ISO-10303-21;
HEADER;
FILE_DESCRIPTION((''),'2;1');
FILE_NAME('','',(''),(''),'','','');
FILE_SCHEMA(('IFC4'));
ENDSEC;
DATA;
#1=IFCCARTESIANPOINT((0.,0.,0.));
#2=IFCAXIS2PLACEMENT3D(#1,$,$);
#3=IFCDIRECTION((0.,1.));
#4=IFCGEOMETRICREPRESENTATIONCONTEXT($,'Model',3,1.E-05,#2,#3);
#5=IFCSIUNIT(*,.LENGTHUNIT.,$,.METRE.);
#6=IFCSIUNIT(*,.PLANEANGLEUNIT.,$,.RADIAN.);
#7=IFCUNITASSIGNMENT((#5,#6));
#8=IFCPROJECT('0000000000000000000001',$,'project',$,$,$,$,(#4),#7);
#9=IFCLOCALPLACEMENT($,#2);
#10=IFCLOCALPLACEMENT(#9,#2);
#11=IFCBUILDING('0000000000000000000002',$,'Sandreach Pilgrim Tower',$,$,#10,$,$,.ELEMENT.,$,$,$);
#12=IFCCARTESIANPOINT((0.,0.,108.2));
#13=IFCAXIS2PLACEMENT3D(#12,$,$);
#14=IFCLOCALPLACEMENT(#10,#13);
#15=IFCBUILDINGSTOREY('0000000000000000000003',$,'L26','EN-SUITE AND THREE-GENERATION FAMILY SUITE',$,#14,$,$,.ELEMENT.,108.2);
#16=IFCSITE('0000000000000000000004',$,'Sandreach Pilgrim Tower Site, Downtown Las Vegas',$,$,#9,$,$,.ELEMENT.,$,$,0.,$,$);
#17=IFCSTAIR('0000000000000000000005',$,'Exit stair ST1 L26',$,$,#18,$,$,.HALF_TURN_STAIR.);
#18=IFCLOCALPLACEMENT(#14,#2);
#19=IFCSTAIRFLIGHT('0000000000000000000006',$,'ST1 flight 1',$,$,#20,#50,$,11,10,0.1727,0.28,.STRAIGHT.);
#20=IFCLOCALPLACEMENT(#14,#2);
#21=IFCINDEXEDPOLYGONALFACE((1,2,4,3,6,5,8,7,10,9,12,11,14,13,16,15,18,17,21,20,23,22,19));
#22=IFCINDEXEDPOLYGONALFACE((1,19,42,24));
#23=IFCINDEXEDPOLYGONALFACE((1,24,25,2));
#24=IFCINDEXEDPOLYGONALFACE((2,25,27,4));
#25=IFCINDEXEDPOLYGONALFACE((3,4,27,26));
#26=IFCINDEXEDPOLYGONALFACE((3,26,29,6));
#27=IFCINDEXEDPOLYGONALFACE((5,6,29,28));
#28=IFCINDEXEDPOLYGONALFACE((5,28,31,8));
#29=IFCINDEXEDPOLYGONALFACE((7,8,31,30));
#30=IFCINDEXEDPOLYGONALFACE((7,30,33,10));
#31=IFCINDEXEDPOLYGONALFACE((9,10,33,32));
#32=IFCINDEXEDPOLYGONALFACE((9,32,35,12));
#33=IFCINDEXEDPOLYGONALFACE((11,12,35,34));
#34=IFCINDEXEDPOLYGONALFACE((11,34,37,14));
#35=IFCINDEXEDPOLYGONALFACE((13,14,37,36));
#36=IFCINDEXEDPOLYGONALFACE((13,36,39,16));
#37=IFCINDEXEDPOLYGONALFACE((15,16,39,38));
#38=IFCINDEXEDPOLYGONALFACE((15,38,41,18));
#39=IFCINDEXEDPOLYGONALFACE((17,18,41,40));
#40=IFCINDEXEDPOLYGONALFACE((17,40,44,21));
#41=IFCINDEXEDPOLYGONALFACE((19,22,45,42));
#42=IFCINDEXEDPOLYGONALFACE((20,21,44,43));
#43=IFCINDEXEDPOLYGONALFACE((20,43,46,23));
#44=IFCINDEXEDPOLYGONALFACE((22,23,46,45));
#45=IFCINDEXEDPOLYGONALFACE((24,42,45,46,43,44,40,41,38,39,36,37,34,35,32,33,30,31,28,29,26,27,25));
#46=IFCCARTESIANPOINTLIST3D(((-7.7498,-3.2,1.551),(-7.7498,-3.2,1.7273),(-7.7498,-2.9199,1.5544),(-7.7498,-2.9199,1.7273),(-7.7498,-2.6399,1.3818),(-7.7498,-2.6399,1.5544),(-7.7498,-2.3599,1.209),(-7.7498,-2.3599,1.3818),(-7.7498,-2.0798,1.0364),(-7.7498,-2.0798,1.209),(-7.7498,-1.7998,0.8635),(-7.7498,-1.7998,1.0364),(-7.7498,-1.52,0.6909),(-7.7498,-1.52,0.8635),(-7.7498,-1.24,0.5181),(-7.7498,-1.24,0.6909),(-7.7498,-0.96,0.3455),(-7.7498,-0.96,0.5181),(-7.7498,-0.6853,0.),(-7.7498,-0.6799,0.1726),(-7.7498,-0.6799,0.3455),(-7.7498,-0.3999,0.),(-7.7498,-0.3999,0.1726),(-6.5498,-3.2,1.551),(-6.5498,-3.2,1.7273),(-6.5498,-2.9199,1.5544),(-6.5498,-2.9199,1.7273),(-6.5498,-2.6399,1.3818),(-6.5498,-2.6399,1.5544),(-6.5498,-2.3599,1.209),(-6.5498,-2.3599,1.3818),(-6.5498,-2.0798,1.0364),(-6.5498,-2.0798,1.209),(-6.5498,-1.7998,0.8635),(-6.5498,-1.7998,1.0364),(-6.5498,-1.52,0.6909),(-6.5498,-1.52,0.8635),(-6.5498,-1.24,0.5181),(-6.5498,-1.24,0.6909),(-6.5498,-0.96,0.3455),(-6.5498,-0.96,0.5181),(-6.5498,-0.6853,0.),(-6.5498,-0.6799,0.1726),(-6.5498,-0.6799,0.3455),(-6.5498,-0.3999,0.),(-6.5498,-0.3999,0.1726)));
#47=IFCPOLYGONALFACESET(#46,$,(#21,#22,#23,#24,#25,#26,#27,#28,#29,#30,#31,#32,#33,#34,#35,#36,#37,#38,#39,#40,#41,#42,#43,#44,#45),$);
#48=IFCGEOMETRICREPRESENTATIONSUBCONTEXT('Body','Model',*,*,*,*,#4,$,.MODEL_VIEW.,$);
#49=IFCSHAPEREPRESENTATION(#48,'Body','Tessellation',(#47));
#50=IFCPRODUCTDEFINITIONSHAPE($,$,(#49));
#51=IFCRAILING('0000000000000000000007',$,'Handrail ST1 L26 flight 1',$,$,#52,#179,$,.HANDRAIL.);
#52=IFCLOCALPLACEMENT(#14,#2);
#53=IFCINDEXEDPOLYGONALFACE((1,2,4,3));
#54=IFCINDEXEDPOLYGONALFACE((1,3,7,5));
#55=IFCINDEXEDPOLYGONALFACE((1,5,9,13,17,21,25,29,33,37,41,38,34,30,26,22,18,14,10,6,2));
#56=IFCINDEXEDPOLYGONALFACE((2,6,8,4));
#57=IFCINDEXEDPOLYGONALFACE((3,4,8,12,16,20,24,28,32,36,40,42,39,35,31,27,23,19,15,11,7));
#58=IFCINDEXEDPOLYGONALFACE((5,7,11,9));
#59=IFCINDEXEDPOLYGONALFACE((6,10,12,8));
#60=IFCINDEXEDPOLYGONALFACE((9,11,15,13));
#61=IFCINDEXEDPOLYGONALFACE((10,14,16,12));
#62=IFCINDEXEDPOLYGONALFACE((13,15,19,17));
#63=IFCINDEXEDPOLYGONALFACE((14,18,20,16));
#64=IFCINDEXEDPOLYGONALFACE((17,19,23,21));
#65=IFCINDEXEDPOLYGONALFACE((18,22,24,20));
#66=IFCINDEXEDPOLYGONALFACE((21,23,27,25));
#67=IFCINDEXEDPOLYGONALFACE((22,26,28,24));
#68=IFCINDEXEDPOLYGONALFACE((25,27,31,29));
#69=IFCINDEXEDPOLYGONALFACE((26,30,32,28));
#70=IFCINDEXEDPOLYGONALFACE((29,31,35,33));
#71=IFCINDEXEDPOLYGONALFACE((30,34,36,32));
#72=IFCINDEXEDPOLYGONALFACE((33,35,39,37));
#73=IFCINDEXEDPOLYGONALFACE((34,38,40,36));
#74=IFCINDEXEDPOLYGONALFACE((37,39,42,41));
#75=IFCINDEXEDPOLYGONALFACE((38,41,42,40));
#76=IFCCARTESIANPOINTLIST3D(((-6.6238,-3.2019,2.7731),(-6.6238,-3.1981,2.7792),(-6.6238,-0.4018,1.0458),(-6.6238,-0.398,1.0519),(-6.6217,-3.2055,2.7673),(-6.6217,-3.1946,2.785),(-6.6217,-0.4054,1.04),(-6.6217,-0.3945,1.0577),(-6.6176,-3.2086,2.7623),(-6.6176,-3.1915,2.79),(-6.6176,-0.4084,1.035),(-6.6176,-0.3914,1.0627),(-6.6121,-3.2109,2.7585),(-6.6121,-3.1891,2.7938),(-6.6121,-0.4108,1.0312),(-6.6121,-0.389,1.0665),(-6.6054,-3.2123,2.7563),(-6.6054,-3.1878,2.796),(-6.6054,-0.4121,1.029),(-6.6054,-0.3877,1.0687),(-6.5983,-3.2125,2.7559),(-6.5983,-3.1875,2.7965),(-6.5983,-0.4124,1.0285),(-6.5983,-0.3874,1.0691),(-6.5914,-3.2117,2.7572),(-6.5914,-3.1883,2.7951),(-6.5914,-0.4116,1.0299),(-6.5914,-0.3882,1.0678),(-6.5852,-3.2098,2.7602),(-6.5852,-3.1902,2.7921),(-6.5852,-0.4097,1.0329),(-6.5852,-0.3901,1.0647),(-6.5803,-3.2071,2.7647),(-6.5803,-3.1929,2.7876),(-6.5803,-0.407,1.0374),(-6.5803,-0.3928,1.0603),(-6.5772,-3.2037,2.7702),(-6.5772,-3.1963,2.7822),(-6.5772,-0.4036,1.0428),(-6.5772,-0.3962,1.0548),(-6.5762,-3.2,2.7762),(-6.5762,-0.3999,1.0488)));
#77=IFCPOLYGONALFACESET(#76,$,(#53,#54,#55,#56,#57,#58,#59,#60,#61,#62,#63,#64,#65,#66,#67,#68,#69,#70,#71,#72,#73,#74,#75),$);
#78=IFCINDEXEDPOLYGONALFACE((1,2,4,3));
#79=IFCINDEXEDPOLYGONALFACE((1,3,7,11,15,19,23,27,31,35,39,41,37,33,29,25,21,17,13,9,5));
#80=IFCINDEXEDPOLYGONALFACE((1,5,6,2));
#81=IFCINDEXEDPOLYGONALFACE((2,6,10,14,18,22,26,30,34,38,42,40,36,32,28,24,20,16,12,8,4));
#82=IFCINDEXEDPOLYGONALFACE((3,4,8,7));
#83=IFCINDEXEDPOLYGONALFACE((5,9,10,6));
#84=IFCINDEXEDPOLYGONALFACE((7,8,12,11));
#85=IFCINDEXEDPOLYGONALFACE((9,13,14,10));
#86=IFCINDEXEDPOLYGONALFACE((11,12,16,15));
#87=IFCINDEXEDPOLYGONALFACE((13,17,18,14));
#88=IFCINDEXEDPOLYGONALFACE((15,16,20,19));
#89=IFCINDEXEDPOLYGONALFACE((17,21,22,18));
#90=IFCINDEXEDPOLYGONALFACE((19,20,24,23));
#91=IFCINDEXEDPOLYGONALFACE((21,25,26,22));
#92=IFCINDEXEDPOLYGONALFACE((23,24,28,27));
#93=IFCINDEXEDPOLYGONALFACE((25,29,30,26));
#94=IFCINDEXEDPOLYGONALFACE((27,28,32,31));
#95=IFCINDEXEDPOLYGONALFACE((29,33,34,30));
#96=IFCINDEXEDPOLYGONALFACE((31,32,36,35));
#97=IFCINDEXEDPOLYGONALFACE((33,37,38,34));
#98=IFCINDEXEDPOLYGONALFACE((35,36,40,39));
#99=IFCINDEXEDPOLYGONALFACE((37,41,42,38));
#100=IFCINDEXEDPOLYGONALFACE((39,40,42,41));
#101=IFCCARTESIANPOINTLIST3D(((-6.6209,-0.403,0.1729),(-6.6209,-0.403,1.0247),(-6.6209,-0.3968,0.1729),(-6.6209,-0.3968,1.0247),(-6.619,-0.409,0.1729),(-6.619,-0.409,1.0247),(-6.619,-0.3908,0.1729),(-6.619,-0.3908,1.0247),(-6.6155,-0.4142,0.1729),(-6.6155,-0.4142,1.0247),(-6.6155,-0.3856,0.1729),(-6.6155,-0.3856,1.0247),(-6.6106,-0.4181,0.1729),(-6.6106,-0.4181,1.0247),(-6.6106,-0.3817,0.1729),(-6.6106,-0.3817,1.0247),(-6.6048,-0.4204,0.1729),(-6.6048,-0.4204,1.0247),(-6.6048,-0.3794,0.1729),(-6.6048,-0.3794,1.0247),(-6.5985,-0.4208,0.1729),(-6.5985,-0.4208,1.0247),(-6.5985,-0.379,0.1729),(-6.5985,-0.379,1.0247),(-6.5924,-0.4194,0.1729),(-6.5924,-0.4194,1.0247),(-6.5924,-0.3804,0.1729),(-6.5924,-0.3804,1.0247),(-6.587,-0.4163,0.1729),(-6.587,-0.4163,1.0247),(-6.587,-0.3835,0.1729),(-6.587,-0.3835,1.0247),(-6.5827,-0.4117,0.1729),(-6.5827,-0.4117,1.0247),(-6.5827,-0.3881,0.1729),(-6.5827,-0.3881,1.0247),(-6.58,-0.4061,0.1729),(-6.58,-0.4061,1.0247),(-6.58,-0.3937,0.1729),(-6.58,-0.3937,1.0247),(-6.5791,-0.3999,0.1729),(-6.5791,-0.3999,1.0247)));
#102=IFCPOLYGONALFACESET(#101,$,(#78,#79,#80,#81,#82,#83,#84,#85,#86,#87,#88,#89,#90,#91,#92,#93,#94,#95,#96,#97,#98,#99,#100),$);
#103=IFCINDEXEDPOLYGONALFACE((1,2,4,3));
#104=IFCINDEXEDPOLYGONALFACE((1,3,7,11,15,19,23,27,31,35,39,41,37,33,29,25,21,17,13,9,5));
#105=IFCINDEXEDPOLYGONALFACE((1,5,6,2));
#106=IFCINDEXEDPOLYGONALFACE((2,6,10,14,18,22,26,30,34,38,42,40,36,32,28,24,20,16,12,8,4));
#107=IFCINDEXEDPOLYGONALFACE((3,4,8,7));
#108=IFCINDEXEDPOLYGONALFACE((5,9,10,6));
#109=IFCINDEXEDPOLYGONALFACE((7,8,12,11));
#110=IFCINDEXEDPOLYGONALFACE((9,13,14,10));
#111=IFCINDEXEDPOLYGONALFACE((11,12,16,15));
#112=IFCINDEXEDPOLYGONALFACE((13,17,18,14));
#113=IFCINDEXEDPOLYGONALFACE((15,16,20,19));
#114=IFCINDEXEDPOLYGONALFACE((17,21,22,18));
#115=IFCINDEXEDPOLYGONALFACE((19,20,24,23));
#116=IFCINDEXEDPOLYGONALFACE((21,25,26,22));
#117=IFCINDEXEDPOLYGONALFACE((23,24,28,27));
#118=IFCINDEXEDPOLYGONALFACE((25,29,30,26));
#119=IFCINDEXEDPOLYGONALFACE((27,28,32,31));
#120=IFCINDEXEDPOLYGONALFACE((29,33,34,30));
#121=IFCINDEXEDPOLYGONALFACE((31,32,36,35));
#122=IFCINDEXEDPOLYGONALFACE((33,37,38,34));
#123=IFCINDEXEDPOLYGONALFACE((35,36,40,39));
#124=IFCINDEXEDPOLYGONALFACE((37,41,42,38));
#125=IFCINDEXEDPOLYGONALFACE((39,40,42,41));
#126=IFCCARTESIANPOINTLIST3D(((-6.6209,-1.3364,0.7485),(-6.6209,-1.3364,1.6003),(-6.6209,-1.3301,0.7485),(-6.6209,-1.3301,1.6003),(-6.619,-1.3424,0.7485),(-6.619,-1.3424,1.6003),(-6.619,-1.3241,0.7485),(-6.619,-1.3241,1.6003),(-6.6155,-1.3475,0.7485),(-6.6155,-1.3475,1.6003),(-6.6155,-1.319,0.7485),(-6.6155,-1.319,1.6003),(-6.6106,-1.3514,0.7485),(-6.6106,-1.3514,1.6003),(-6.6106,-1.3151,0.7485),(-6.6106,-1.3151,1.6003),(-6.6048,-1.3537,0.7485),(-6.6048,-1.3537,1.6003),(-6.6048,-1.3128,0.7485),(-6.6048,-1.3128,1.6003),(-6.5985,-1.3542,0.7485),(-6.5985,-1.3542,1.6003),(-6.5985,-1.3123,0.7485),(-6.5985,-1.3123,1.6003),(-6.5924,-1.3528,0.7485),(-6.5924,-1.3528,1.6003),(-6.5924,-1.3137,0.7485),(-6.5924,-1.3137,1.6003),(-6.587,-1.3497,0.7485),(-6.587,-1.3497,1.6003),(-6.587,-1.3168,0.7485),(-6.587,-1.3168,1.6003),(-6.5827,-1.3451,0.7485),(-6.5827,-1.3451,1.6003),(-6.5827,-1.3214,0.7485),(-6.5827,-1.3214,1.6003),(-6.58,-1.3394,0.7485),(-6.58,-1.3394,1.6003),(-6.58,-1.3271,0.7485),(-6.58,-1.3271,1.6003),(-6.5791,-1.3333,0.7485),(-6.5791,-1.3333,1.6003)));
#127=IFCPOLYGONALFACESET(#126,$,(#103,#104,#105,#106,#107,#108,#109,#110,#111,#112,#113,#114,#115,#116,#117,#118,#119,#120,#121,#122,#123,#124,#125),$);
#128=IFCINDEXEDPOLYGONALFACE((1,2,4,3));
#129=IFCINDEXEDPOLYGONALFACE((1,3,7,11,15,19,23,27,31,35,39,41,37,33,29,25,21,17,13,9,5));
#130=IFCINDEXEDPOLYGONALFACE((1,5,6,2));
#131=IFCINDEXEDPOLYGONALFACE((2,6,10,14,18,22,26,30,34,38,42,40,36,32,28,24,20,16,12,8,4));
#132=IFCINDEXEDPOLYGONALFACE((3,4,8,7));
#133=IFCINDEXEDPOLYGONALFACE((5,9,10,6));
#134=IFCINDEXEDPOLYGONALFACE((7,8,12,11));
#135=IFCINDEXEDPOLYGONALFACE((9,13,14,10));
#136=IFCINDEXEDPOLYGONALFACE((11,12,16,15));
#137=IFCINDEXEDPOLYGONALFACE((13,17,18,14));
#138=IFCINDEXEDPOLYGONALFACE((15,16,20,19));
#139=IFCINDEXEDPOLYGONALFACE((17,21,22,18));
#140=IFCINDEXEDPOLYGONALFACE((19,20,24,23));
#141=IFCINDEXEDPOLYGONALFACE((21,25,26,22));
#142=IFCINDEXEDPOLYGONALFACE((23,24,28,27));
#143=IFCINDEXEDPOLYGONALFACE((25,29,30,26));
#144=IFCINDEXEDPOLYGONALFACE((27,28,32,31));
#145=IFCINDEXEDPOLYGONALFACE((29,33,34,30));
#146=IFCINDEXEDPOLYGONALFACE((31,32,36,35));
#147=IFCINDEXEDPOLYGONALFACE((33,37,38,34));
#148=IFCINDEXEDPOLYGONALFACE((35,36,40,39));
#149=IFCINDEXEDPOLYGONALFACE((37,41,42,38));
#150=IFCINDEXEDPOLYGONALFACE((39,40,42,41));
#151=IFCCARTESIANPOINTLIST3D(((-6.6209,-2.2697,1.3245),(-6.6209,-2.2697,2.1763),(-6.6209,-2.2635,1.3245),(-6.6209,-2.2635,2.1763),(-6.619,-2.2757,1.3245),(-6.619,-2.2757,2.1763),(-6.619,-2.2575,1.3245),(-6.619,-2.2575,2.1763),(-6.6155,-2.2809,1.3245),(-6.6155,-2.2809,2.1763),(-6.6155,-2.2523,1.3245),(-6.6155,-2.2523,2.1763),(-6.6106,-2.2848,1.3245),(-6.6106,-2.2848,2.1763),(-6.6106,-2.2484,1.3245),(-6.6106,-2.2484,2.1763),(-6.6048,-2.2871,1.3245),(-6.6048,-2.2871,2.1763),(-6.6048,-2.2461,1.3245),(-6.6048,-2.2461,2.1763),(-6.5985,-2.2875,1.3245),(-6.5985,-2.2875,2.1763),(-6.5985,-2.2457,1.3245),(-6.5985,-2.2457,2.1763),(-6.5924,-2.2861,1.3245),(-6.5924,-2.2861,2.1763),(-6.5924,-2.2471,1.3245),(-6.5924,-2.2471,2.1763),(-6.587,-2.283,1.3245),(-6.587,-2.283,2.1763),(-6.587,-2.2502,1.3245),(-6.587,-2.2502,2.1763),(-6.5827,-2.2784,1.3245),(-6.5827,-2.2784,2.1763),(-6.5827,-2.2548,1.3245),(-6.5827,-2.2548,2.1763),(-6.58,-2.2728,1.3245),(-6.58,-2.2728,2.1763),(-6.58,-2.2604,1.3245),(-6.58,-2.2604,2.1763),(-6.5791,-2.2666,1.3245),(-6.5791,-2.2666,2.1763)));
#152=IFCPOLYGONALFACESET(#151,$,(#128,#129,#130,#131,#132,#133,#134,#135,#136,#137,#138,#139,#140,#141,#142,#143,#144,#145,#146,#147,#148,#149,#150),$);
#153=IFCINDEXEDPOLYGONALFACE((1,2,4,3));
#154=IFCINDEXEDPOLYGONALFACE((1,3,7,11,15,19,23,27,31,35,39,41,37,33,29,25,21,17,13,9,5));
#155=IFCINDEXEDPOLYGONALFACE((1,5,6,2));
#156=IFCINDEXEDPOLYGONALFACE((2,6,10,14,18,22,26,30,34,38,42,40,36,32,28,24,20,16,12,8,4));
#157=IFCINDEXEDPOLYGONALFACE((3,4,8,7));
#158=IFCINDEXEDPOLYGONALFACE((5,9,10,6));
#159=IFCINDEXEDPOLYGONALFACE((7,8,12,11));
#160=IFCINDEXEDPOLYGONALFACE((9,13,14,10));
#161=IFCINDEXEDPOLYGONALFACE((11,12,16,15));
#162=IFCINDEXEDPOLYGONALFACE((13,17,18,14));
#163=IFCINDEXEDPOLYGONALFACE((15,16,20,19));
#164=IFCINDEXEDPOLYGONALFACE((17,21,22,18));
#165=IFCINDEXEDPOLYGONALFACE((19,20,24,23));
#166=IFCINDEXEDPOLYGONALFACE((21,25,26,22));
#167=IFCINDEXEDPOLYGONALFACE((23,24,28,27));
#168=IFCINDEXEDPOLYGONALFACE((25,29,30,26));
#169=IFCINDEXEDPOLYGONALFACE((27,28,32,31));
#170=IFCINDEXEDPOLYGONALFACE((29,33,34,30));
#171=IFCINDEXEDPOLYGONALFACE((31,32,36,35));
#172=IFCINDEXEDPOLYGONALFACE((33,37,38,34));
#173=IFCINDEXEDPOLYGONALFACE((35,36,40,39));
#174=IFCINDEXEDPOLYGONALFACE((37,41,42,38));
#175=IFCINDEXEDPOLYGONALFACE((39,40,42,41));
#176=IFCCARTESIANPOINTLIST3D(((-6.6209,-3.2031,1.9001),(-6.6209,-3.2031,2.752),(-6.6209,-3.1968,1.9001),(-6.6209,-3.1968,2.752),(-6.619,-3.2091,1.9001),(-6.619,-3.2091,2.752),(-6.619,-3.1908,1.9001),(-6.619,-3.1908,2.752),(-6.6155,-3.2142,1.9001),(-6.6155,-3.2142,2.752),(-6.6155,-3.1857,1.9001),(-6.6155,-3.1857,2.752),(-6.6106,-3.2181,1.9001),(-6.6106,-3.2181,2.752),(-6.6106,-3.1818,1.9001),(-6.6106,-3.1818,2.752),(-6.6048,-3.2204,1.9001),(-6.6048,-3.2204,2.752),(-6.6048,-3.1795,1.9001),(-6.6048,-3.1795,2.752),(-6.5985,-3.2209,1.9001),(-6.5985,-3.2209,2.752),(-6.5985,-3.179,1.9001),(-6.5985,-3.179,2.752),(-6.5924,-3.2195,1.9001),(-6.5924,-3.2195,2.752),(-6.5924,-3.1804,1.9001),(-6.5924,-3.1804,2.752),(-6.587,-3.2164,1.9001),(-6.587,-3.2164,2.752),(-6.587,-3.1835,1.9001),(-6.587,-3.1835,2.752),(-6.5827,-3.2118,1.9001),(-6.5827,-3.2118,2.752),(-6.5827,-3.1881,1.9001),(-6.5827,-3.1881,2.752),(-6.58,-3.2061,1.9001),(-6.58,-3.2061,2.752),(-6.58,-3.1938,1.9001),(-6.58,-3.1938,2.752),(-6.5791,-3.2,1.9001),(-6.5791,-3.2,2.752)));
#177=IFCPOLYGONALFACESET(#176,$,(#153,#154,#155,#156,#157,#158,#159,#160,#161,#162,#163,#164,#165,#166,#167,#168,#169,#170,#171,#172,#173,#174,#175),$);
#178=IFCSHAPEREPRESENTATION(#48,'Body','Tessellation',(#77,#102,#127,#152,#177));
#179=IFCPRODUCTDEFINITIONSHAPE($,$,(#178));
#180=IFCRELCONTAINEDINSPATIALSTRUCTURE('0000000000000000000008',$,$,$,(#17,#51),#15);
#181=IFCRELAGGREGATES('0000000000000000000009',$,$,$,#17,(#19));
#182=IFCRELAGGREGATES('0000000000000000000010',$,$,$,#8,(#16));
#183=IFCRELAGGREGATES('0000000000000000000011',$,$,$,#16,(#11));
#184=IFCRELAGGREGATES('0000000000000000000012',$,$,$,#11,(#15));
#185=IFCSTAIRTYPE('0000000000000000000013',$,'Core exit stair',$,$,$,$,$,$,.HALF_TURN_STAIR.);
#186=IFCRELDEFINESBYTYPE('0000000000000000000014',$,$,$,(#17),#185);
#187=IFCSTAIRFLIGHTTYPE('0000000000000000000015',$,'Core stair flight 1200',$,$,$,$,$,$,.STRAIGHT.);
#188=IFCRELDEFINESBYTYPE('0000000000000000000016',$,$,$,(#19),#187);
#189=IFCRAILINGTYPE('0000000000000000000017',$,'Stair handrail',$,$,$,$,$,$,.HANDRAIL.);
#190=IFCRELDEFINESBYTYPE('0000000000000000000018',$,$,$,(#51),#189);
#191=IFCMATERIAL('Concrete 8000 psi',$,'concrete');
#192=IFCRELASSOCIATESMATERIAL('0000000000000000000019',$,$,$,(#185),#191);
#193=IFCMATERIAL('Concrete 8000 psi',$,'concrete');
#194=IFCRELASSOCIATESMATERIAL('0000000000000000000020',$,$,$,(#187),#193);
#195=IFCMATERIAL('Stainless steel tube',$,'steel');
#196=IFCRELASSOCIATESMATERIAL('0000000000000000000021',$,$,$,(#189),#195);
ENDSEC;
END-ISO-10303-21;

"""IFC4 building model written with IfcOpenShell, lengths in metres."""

from ifc_helpers import new_model, si_unit, direction, frame, origin, origin_2d, place, context, subcontext, project, spatial, polyline, circle, outline, extrude, material, type_object, element, aggregate, save


model = new_model("IFC4")

# Units and contexts
model_context = context("Model", 3, precision=1e-05, world=origin(), true_north=direction((0.0, 1.0)))
body_context = subcontext(model_context, "Body", "Model", "MODEL_VIEW")
ifc_project = project(units=[si_unit("LENGTHUNIT", "METRE"), si_unit("PLANEANGLEUNIT", "RADIAN")], contexts=[model_context])

# Site, building, storey
site_placement = place(None, origin())
site = spatial("IfcSite", under=ifc_project, at=site_placement, Name="Sandreach Pilgrim Tower Site, Downtown Las Vegas", CompositionType="ELEMENT", RefElevation=0.0)
building_placement = place(site_placement, origin())
building = spatial("IfcBuilding", under=site, at=building_placement, Name="Sandreach Pilgrim Tower", CompositionType="ELEMENT")
storey_placement = place(building_placement, frame((0.0, 0.0, 108.2)))
storey = spatial("IfcBuildingStorey", under=building, at=storey_placement, Name="L26", Description="EN-SUITE AND THREE-GENERATION FAMILY SUITE", CompositionType="ELEMENT", Elevation=108.2)

# Stair, stair flight
ifc_material_1 = material(Name="Concrete 8000 psi", Category="concrete")
stair_type = type_object("IfcStairType", Name="Core exit stair", PredefinedType="HALF_TURN_STAIR", material=ifc_material_1)
stair_placement = place(storey_placement, origin())
stair = element("IfcStair", 1, at=stair_placement, inside=storey, type_object=stair_type, Name="Exit stair ST1 L26", PredefinedType="HALF_TURN_STAIR")
ifc_material_2 = material(Name="Concrete 8000 psi", Category="concrete")
stair_flight_type = type_object("IfcStairFlightType", Name="Core stair flight 1200", PredefinedType="STRAIGHT", material=ifc_material_2)
stair_flight_placement = place(storey_placement, frame((-7.1499, -0.3999, 0.0), z_axis=(0.0, 0.0, 1.0), x_axis=(0.0, -1.0, 0.0)))
stair_flight = element("IfcStairFlight", 2, at=stair_flight_placement, type_object=stair_flight_type, Name="ST1 flight 1", NumberOfRisers=11, NumberOfTreads=10, PredefinedType="STRAIGHT", RiserHeight=0.1727, TreadLength=0.28, context=body_context, shape_type="SweptSolid", body=[
    extrude(outline(polyline([(0.0, 0.0), (0.0, 0.1726), (0.28, 0.1726), (0.28, 0.3455), (0.5601, 0.3455), (0.5601, 0.5181), (0.8401, 0.5181), (0.8401, 0.6909), (1.1201, 0.6909), (1.1201, 0.8635), (1.3999, 0.8635), (1.3999, 1.0364), (1.6799, 1.0364), (1.6799, 1.209), (1.96, 1.209), (1.96, 1.3818), (2.24, 1.3818), (2.24, 1.5544), (2.52, 1.5544), (2.52, 1.7273), (2.8, 1.7273), (2.8, 1.8999), (2.8, 1.551), (0.2854, 0.0), (0.0, 0.0)])), frame((0.0, 0.6001, 0.0), z_axis=(0.0, -1.0, 0.0), x_axis=(1.0, 0.0, 0.0)), (0.0, 0.0, 1.0), 1.2),
])
aggregate(stair, [stair_flight])

# Railing
ifc_material_3 = material(Name="Stainless steel tube", Category="steel")
railing_type = type_object("IfcRailingType", Name="Stair handrail", PredefinedType="HANDRAIL", material=ifc_material_3)
for number, where, name in (
    (3, (-6.6001, -0.3999, 0.1729), "Handrail ST1 L26 flight 1"),
):
    element("IfcRailing", number, at=place(storey_placement, frame(where)), inside=storey, type_object=railing_type, Name=name, PredefinedType="HANDRAIL", context=body_context, shape_type="SweptSolid", body=[
        extrude(circle(Radius=0.0239, at=origin_2d()), frame((0.0, 0.0, 0.876), z_axis=(0.0, -0.85109, 0.52502), x_axis=(1.0, 0.0, 0.0)), (0.0, 0.0, 1.0), 3.29),
        extrude(circle(Radius=0.021, at=origin_2d()), origin(), (0.0, 0.0, 1.0), 0.8518),
        extrude(circle(Radius=0.021, at=origin_2d()), frame((0.0, -0.9333, 0.5757)), (0.0, 0.0, 1.0), 0.8518),
        extrude(circle(Radius=0.021, at=origin_2d()), frame((0.0, -1.8667, 1.1516)), (0.0, 0.0, 1.0), 0.8518),
        extrude(circle(Radius=0.021, at=origin_2d()), frame((0.0, -2.8, 1.7273)), (0.0, 0.0, 1.0), 0.8518),
    ])

save(model, "model.ifc")
